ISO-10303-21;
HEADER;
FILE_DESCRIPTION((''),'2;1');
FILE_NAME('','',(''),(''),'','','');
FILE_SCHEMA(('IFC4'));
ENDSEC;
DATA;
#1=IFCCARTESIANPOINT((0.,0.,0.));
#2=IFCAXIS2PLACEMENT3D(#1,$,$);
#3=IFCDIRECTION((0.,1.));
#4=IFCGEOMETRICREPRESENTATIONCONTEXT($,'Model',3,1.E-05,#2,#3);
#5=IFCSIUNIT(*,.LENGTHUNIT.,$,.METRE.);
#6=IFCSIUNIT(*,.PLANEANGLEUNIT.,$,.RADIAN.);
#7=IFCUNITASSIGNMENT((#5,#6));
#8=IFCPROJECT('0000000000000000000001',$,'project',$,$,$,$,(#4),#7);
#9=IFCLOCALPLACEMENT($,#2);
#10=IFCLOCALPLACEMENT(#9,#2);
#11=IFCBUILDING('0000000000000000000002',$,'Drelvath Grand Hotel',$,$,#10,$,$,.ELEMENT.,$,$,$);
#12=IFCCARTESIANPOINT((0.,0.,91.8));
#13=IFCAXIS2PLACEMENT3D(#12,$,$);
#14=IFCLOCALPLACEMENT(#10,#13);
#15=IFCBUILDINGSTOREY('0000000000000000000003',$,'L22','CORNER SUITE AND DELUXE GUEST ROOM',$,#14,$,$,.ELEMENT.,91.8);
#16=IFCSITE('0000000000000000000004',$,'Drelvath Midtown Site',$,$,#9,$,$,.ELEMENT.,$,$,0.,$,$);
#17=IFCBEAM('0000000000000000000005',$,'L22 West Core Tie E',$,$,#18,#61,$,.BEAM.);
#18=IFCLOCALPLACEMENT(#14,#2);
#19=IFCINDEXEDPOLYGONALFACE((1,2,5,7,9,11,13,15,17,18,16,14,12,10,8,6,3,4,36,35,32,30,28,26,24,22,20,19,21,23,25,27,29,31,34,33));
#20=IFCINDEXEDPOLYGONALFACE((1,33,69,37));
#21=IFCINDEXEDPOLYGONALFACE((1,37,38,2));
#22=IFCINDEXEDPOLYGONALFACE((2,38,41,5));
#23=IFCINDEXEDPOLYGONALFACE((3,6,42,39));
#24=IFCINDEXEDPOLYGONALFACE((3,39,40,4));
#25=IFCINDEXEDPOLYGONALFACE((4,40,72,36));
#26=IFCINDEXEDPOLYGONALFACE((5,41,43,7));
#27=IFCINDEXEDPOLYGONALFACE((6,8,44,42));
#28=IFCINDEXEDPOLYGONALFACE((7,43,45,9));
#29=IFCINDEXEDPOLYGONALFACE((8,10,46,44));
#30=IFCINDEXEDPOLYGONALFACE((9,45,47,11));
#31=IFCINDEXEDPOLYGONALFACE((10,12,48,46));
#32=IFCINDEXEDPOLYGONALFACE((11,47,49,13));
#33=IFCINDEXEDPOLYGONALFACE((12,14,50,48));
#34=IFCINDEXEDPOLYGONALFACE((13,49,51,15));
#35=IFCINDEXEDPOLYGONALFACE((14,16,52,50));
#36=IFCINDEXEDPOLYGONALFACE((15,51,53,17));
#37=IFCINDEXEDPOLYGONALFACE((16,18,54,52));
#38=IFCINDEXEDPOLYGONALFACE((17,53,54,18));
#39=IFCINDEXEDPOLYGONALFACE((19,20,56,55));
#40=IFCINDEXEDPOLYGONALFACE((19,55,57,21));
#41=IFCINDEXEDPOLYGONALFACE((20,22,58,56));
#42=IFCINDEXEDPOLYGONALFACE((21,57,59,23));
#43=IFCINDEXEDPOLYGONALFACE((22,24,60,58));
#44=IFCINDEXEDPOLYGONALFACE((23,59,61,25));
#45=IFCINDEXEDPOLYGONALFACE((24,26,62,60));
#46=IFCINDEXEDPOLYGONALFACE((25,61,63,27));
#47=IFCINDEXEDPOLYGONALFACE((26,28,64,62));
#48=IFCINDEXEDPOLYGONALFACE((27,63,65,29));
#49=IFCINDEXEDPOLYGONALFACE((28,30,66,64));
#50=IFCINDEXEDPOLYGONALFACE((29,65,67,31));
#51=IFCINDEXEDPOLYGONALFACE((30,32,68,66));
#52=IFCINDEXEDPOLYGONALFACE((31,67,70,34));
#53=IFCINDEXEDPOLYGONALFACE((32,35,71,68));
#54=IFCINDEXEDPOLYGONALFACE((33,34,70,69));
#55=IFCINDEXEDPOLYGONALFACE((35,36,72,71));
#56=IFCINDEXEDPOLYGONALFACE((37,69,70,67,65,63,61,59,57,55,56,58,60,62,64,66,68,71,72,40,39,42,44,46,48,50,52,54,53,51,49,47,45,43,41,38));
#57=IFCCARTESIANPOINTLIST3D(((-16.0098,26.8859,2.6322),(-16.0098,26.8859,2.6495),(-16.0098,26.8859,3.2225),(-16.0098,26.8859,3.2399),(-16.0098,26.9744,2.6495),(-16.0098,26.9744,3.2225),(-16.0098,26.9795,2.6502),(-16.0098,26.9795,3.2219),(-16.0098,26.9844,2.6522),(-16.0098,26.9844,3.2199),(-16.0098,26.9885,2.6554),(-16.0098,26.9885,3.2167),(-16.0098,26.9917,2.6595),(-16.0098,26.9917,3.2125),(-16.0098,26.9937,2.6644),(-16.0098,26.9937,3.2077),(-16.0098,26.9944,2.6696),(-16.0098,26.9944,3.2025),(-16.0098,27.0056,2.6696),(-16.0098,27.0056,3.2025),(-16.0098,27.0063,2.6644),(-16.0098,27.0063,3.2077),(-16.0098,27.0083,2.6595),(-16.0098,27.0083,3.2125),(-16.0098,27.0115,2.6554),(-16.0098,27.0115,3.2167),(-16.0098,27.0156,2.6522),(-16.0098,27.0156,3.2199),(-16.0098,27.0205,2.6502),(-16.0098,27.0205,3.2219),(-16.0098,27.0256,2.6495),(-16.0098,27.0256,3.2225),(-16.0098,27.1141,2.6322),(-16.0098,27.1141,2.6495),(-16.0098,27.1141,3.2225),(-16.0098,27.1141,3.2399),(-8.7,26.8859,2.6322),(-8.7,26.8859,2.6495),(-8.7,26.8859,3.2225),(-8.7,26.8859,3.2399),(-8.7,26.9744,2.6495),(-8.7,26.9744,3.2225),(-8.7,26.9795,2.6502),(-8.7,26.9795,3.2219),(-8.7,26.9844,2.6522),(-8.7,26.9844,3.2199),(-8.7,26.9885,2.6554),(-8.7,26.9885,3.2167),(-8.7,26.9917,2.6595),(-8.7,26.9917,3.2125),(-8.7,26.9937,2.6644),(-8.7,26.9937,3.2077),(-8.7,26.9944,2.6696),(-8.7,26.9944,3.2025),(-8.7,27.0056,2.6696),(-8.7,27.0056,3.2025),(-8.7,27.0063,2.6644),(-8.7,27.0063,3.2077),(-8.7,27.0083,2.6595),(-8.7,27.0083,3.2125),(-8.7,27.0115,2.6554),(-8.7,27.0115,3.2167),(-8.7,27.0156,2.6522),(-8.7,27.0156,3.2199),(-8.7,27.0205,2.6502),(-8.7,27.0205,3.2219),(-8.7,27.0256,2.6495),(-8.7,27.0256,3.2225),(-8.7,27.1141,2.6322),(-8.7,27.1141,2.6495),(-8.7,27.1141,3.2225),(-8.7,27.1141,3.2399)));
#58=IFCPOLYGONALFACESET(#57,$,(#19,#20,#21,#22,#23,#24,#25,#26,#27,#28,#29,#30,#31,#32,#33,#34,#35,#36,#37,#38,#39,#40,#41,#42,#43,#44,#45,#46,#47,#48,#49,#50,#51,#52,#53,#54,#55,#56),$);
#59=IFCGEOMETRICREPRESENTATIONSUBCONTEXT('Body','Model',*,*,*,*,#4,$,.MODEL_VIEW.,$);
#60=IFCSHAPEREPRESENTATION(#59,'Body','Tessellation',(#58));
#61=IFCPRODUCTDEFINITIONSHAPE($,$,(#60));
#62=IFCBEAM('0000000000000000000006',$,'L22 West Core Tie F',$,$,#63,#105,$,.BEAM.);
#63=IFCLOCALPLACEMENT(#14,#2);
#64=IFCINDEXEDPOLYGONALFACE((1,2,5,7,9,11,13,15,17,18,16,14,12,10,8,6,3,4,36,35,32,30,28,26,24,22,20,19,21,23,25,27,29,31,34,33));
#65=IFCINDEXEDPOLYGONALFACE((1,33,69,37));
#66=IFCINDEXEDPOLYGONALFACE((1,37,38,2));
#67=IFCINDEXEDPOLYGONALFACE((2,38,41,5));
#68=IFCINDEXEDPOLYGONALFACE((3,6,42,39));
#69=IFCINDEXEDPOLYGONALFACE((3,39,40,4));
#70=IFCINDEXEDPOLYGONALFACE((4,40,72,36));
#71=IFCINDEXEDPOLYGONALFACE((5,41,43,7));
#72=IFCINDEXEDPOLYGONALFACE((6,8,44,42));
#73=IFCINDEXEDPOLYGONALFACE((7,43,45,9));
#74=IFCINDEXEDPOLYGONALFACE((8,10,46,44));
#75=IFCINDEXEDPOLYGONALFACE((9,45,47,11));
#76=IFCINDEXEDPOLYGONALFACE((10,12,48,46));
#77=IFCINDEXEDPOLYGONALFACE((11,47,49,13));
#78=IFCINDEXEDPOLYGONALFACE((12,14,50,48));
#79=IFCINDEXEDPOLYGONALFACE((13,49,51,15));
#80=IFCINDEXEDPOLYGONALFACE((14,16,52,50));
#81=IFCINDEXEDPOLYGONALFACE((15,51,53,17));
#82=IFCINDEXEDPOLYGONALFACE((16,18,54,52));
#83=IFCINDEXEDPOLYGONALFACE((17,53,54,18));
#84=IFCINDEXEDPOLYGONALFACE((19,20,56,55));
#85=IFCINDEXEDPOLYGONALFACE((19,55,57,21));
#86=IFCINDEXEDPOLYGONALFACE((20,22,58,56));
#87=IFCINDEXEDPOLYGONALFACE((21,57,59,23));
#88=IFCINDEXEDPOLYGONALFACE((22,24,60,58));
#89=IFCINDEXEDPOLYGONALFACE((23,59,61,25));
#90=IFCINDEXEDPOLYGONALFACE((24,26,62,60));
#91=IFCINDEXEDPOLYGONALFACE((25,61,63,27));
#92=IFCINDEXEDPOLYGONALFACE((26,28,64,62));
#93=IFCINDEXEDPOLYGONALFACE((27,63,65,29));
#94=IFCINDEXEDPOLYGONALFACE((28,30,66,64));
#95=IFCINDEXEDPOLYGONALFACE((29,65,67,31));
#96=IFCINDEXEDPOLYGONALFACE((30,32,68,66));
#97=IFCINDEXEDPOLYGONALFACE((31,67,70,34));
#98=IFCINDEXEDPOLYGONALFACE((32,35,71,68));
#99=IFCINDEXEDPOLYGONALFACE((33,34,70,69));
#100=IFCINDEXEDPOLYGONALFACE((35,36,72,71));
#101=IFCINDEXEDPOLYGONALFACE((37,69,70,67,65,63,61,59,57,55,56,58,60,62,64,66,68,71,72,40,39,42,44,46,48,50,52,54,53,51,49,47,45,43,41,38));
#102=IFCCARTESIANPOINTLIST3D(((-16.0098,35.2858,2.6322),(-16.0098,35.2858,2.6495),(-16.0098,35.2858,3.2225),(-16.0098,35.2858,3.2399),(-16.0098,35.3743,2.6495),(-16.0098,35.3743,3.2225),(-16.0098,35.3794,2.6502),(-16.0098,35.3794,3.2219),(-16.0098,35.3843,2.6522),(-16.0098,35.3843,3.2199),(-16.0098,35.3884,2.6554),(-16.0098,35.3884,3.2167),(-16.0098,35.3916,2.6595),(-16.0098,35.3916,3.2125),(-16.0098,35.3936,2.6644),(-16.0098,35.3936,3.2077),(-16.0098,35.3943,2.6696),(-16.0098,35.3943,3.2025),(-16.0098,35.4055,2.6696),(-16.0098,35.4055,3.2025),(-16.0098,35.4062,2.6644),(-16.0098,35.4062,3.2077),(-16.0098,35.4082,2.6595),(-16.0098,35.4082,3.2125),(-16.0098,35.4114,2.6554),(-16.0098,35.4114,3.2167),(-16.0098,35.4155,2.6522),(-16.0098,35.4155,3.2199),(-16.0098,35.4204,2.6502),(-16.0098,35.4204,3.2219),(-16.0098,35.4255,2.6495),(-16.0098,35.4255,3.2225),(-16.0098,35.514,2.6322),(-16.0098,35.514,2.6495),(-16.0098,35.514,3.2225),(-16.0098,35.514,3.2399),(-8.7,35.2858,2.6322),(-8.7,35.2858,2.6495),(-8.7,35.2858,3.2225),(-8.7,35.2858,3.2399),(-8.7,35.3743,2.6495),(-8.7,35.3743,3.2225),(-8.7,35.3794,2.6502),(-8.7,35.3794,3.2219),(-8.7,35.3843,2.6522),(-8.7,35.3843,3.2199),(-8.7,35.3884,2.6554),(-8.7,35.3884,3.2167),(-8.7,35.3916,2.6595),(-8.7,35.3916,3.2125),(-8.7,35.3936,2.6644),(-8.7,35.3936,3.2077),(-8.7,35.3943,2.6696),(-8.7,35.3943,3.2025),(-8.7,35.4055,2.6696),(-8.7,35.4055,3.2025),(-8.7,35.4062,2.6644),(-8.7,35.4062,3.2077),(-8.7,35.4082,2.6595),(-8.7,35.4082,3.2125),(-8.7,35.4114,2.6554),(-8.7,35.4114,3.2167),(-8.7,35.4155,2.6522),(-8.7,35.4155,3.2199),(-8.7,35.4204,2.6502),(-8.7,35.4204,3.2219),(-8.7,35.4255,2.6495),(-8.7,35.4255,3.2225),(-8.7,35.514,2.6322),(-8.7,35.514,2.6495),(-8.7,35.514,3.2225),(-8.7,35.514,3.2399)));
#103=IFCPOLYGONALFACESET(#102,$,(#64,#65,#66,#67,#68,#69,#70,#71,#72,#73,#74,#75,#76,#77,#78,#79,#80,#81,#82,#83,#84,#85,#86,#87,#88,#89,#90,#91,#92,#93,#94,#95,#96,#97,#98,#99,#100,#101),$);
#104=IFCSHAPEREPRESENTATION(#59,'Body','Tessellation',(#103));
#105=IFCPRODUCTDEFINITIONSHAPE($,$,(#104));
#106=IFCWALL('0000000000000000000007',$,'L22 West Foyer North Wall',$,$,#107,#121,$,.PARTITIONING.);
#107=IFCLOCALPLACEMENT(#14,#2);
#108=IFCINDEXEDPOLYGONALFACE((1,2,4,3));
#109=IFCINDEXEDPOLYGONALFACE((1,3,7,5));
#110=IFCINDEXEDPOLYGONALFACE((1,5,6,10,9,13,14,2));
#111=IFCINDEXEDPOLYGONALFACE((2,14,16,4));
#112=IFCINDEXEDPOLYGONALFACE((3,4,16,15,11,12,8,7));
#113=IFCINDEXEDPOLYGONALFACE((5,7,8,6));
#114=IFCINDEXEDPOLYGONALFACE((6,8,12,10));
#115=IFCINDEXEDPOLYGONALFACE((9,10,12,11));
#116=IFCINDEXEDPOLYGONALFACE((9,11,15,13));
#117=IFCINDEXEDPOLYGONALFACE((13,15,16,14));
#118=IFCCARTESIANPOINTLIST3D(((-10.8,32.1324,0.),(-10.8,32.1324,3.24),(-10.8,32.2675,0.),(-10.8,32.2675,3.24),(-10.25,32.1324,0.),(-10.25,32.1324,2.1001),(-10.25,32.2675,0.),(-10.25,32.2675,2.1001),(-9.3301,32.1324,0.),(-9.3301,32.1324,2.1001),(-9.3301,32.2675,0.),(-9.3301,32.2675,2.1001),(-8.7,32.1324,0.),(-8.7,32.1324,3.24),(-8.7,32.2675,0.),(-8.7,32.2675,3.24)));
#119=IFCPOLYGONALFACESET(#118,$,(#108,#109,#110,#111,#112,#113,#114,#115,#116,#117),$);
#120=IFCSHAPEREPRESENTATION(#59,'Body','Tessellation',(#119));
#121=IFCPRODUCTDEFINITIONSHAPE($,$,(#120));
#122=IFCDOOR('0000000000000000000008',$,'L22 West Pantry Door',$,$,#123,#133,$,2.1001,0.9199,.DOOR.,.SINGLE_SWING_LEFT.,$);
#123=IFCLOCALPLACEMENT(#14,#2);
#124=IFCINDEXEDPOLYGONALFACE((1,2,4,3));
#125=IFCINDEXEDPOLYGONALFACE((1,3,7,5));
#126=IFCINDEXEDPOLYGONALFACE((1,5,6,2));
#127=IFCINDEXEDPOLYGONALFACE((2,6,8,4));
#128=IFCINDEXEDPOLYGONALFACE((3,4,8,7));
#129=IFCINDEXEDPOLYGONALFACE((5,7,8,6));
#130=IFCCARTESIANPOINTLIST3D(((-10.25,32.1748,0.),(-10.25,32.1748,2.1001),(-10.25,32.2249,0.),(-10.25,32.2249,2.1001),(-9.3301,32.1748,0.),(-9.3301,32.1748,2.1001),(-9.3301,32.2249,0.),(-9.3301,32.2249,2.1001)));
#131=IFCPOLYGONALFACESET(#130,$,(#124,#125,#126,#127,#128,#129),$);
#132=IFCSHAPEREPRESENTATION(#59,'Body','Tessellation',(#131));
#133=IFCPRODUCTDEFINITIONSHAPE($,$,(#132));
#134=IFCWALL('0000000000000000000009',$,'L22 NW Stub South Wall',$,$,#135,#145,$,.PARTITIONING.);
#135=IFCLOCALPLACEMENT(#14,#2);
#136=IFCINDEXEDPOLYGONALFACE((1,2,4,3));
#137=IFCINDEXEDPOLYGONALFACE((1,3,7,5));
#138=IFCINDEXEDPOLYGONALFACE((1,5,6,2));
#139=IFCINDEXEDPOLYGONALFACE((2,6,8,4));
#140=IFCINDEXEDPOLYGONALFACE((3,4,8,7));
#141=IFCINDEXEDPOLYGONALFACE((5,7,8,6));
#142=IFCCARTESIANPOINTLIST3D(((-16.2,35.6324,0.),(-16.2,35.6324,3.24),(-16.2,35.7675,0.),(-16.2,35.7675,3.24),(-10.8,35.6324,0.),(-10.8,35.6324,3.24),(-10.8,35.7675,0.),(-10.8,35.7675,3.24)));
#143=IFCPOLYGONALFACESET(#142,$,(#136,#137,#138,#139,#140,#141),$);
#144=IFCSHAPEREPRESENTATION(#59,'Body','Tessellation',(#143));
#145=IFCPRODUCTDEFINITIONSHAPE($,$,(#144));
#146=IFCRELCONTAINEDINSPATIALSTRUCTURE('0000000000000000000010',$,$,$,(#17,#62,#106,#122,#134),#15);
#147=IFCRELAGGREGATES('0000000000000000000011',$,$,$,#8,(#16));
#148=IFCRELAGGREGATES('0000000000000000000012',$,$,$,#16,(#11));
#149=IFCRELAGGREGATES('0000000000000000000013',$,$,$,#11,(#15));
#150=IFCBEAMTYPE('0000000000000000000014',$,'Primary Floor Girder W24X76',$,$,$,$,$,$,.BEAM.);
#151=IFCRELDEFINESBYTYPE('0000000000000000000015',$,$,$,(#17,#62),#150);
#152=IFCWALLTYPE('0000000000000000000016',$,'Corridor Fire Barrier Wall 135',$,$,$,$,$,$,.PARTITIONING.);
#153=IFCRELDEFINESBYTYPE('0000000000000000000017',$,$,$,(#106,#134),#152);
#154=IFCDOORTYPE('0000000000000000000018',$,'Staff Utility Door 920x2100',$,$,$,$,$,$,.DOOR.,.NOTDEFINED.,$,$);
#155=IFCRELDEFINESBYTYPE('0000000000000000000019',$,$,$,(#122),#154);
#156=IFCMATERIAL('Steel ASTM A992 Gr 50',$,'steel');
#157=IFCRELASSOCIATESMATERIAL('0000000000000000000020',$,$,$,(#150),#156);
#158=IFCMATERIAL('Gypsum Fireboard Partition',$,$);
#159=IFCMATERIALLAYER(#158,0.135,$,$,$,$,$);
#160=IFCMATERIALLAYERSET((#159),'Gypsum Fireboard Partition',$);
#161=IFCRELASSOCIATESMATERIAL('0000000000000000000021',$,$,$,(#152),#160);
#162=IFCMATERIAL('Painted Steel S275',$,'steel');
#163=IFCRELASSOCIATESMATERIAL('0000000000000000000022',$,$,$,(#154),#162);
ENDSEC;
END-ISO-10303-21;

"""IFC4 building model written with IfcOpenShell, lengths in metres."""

from ifc_helpers import new_model, si_unit, direction, frame, frame_2d, origin, origin_2d, place, context, subcontext, project, spatial, rectangle, i_section, extrude, material, layer, layer_set, material_profile, profile_set, type_object, element, fill, save


model = new_model("IFC4")

# Units and contexts
model_context = context("Model", 3, precision=1e-05, world=origin(), true_north=direction((0.0, 1.0)))
body_context = subcontext(model_context, "Body", "Model", "MODEL_VIEW")
ifc_project = project(units=[si_unit("LENGTHUNIT", "METRE"), si_unit("PLANEANGLEUNIT", "RADIAN")], contexts=[model_context])

# Site, building, storey
site_placement = place(None, origin())
site = spatial("IfcSite", under=ifc_project, at=site_placement, Name="Drelvath Midtown Site", CompositionType="ELEMENT", RefElevation=0.0)
building_placement = place(site_placement, origin())
building = spatial("IfcBuilding", under=site, at=building_placement, Name="Drelvath Grand Hotel", CompositionType="ELEMENT")
storey_placement = place(building_placement, frame((0.0, 0.0, 91.8)))
storey = spatial("IfcBuildingStorey", under=building, at=storey_placement, Name="L22", Description="CORNER SUITE AND DELUXE GUEST ROOM", CompositionType="ELEMENT", Elevation=91.8)

# Beams
ifc_material_1 = material(Name="Steel ASTM A992 Gr 50", Category="steel")
ifc_material_profile = material_profile(ifc_material_1, i_section(OverallWidth=0.2283, OverallDepth=0.6077, WebThickness=0.0112, FlangeThickness=0.0173, FilletRadius=0.02, at=origin_2d()), Name="W24X76")
ifc_profile_set = profile_set([ifc_material_profile], Name="Steel ASTM A992 Gr 50")
beam_type = type_object("IfcBeamType", Name="Primary Floor Girder W24X76", PredefinedType="BEAM", material=ifc_profile_set)
for number, where, z_axis, x_axis, name in (
    (1, (-16.0098, 27.0, 2.936), (1.0, 0.0, 0.0), (0.0, 1.0, 0.0), "L22 West Core Tie E"),
    (2, (-16.0098, 35.3999, 2.936), (1.0, 0.0, 0.0), (0.0, 1.0, 0.0), "L22 West Core Tie F"),
):
    element("IfcBeam", number, at=place(storey_placement, frame(where, z_axis=z_axis, x_axis=x_axis)), inside=storey, type_object=beam_type, Name=name, PredefinedType="BEAM", context=body_context, shape_type="SweptSolid", body=[
        extrude(i_section(OverallWidth=0.2283, OverallDepth=0.6077, WebThickness=0.0112, FlangeThickness=0.0173, FilletRadius=0.02, at=origin_2d()), origin(), (0.0, 0.0, 1.0), 7.3098),
    ])

# Wall, opening, door
ifc_material_2 = material(Name="Gypsum Fireboard Partition")
ifc_layer_1 = layer(ifc_material_2, 0.135)
ifc_layer_set_1 = layer_set([ifc_layer_1], Name="Gypsum Fireboard Partition")
wall_type_1 = type_object("IfcWallType", Name="Corridor Fire Barrier Wall 135", PredefinedType="PARTITIONING", material=ifc_layer_set_1)
wall_1_placement = place(storey_placement, frame((-10.8, 32.2, 0.0), z_axis=(0.0, 0.0, 1.0), x_axis=(1.0, 0.0, 0.0)))
wall_1 = element("IfcWall", 3, at=wall_1_placement, inside=storey, type_object=wall_type_1, Name="L22 West Foyer North Wall", PredefinedType="PARTITIONING", context=body_context, shape_type="SweptSolid", body=[
    extrude(rectangle(XDim=2.1001, YDim=0.135, at=frame_2d((1.05, 0.0))), origin(), (0.0, 0.0, 1.0), 3.24),
])
opening_1_placement = place(wall_1_placement, frame((0.55, 0.0, 0.0)))
opening_1 = element("IfcOpeningElement", 4, at=opening_1_placement, cuts=wall_1, PredefinedType="OPENING", context=body_context, shape_type="SweptSolid", body=[
    extrude(rectangle(XDim=0.9199, YDim=2.1001, at=frame_2d((0.46, 1.05))), frame((0.0, 0.0774, 0.0), z_axis=(0.0, -1.0, 0.0), x_axis=(1.0, 0.0, 0.0)), (0.0, 0.0, 1.0), 0.155),
])
ifc_material_3 = material(Name="Painted Steel S275", Category="steel")
door_type_1 = type_object("IfcDoorType", Name="Staff Utility Door 920x2100", OperationType="NOTDEFINED", PredefinedType="DOOR", material=ifc_material_3)
door_1_placement = place(opening_1_placement, origin())
door_1 = element("IfcDoor", 5, at=door_1_placement, inside=storey, type_object=door_type_1, Name="L22 West Pantry Door", OperationType="SINGLE_SWING_LEFT", OverallHeight=2.1001, OverallWidth=0.9199, PredefinedType="DOOR", context=body_context, shape_type="SweptSolid", body=[
    extrude(rectangle(XDim=0.9199, YDim=2.1001, at=frame_2d((0.46, 1.05))), frame((0.0, 0.0249, 0.0), z_axis=(0.0, -1.0, 0.0), x_axis=(1.0, 0.0, 0.0)), (0.0, 0.0, 1.0), 0.05),
])
fill(opening_1, door_1)

# Wall
wall_2_placement = place(storey_placement, frame((-16.2, 35.7, 0.0), z_axis=(0.0, 0.0, 1.0), x_axis=(1.0, 0.0, 0.0)))
element("IfcWall", 6, at=wall_2_placement, inside=storey, type_object=wall_type_1, Name="L22 NW Stub South Wall", PredefinedType="PARTITIONING", context=body_context, shape_type="SweptSolid", body=[
    extrude(rectangle(XDim=5.3999, YDim=0.135, at=frame_2d((2.7, 0.0))), origin(), (0.0, 0.0, 1.0), 3.24),
])

save(model, "model.ifc")
